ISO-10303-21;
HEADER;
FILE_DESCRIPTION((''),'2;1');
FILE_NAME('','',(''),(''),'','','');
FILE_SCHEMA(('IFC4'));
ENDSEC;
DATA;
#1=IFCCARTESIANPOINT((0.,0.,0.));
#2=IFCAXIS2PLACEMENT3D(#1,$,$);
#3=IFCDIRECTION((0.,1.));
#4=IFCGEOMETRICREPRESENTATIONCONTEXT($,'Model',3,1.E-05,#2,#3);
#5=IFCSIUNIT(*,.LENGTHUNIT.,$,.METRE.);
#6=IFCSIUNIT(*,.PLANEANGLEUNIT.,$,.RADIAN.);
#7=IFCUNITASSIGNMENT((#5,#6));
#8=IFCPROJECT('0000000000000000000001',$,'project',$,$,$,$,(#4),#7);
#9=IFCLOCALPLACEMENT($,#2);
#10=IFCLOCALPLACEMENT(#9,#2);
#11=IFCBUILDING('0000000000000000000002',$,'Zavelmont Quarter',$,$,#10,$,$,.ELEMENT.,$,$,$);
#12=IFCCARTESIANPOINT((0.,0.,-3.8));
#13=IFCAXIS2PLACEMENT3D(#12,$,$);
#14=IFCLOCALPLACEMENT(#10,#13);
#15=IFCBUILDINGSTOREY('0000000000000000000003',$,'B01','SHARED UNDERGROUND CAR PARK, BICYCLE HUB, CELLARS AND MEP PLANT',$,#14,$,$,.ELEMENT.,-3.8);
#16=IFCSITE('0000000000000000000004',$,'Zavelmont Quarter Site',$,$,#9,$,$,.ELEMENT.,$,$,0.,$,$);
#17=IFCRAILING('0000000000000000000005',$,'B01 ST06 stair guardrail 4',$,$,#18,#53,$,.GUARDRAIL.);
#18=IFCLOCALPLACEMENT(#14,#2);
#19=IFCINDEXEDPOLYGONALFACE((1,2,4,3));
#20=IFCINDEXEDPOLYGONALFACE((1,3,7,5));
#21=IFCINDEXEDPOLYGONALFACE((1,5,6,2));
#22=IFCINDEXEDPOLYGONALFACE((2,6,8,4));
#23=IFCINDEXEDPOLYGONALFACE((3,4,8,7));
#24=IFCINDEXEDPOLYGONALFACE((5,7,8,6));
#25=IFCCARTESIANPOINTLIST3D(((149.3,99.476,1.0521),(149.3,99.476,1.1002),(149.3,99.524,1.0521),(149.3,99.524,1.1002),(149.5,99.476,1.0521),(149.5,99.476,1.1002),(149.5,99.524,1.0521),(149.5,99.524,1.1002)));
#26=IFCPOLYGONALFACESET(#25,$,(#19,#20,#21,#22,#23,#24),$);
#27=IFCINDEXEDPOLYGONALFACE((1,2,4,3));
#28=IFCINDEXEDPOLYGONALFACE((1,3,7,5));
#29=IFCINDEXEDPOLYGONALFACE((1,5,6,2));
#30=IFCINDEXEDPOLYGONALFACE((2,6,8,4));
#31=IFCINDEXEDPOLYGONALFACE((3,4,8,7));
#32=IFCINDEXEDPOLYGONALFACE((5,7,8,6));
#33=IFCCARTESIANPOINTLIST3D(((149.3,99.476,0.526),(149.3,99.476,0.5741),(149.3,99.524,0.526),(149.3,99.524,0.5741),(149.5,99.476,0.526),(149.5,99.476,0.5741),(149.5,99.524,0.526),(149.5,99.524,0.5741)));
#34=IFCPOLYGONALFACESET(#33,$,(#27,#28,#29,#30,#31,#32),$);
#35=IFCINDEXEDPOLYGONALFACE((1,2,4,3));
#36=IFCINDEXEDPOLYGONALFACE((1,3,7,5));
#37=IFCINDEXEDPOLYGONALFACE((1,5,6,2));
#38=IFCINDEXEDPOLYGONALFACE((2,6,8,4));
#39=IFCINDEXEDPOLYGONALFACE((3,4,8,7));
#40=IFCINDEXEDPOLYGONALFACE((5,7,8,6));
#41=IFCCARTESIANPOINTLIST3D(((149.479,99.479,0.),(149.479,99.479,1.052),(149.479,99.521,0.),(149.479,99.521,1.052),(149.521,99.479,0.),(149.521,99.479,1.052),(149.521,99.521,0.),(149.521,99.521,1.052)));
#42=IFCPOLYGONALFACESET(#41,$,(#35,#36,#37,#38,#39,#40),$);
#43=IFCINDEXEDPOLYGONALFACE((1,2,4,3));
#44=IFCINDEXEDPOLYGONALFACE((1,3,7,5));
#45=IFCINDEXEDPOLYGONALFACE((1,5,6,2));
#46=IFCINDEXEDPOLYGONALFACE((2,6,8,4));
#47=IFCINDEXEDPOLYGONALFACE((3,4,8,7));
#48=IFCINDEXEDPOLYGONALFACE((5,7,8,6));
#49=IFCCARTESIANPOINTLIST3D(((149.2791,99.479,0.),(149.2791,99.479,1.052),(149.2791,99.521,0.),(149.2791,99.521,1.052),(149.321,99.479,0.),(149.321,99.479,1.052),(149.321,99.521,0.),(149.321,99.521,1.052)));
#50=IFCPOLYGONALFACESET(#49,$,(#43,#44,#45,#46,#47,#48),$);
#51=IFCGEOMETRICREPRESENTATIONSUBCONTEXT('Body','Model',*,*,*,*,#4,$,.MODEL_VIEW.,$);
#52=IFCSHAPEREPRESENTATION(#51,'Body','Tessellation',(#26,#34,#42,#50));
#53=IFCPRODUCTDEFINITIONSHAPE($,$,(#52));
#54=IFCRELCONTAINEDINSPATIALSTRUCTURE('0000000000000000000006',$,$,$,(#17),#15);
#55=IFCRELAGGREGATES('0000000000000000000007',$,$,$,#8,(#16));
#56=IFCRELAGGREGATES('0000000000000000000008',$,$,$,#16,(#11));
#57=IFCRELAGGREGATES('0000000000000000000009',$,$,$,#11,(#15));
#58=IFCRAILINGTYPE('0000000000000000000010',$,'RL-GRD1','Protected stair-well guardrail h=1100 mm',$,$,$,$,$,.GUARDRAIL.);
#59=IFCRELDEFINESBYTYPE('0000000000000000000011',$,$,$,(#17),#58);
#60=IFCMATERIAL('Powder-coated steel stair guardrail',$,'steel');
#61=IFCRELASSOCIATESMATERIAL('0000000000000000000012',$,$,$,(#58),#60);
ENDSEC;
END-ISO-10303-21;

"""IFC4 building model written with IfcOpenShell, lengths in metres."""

from ifc_helpers import new_model, si_unit, direction, frame, origin, origin_2d, place, context, subcontext, project, spatial, rectangle, extrude, material, type_object, element, save


model = new_model("IFC4")

# Units and contexts
model_context = context("Model", 3, precision=1e-05, world=origin(), true_north=direction((0.0, 1.0)))
body_context = subcontext(model_context, "Body", "Model", "MODEL_VIEW")
ifc_project = project(units=[si_unit("LENGTHUNIT", "METRE"), si_unit("PLANEANGLEUNIT", "RADIAN")], contexts=[model_context])

# Site, building, storey
site_placement = place(None, origin())
site = spatial("IfcSite", under=ifc_project, at=site_placement, Name="Zavelmont Quarter Site", CompositionType="ELEMENT", RefElevation=0.0)
building_placement = place(site_placement, origin())
building = spatial("IfcBuilding", under=site, at=building_placement, Name="Zavelmont Quarter", CompositionType="ELEMENT")
storey_placement = place(building_placement, frame((0.0, 0.0, -3.8)))
storey = spatial("IfcBuildingStorey", under=building, at=storey_placement, Name="B01", Description="SHARED UNDERGROUND CAR PARK, BICYCLE HUB, CELLARS AND MEP PLANT", CompositionType="ELEMENT", Elevation=-3.8)

# Railing
ifc_material_1 = material(Name="Powder-coated steel stair guardrail", Category="steel")
railing_type = type_object("IfcRailingType", Name="RL-GRD1", Description="Protected stair-well guardrail h=1100 mm", PredefinedType="GUARDRAIL", material=ifc_material_1)
railing_placement = place(storey_placement, frame((149.5, 99.5, 0.0)))
element("IfcRailing", 1, at=railing_placement, inside=storey, type_object=railing_type, Name="B01 ST06 stair guardrail 4", PredefinedType="GUARDRAIL", context=body_context, shape_type="SweptSolid", body=[
    extrude(rectangle(XDim=0.0481, YDim=0.0481, at=origin_2d()), frame((0.0, 0.0, 1.0762), z_axis=(-1.0, 0.0, 0.0), x_axis=(0.0, -1.0, 0.0)), (0.0, 0.0, 1.0), 0.2),
    extrude(rectangle(XDim=0.0481, YDim=0.0481, at=origin_2d()), frame((0.0, 0.0, 0.55), z_axis=(-1.0, 0.0, 0.0), x_axis=(0.0, -1.0, 0.0)), (0.0, 0.0, 1.0), 0.2),
    extrude(rectangle(XDim=0.042, YDim=0.042, at=origin_2d()), origin(), (0.0, 0.0, 1.0), 1.052),
    extrude(rectangle(XDim=0.042, YDim=0.042, at=origin_2d()), frame((-0.2, 0.0, 0.0)), (0.0, 0.0, 1.0), 1.052),
])

save(model, "model.ifc")
